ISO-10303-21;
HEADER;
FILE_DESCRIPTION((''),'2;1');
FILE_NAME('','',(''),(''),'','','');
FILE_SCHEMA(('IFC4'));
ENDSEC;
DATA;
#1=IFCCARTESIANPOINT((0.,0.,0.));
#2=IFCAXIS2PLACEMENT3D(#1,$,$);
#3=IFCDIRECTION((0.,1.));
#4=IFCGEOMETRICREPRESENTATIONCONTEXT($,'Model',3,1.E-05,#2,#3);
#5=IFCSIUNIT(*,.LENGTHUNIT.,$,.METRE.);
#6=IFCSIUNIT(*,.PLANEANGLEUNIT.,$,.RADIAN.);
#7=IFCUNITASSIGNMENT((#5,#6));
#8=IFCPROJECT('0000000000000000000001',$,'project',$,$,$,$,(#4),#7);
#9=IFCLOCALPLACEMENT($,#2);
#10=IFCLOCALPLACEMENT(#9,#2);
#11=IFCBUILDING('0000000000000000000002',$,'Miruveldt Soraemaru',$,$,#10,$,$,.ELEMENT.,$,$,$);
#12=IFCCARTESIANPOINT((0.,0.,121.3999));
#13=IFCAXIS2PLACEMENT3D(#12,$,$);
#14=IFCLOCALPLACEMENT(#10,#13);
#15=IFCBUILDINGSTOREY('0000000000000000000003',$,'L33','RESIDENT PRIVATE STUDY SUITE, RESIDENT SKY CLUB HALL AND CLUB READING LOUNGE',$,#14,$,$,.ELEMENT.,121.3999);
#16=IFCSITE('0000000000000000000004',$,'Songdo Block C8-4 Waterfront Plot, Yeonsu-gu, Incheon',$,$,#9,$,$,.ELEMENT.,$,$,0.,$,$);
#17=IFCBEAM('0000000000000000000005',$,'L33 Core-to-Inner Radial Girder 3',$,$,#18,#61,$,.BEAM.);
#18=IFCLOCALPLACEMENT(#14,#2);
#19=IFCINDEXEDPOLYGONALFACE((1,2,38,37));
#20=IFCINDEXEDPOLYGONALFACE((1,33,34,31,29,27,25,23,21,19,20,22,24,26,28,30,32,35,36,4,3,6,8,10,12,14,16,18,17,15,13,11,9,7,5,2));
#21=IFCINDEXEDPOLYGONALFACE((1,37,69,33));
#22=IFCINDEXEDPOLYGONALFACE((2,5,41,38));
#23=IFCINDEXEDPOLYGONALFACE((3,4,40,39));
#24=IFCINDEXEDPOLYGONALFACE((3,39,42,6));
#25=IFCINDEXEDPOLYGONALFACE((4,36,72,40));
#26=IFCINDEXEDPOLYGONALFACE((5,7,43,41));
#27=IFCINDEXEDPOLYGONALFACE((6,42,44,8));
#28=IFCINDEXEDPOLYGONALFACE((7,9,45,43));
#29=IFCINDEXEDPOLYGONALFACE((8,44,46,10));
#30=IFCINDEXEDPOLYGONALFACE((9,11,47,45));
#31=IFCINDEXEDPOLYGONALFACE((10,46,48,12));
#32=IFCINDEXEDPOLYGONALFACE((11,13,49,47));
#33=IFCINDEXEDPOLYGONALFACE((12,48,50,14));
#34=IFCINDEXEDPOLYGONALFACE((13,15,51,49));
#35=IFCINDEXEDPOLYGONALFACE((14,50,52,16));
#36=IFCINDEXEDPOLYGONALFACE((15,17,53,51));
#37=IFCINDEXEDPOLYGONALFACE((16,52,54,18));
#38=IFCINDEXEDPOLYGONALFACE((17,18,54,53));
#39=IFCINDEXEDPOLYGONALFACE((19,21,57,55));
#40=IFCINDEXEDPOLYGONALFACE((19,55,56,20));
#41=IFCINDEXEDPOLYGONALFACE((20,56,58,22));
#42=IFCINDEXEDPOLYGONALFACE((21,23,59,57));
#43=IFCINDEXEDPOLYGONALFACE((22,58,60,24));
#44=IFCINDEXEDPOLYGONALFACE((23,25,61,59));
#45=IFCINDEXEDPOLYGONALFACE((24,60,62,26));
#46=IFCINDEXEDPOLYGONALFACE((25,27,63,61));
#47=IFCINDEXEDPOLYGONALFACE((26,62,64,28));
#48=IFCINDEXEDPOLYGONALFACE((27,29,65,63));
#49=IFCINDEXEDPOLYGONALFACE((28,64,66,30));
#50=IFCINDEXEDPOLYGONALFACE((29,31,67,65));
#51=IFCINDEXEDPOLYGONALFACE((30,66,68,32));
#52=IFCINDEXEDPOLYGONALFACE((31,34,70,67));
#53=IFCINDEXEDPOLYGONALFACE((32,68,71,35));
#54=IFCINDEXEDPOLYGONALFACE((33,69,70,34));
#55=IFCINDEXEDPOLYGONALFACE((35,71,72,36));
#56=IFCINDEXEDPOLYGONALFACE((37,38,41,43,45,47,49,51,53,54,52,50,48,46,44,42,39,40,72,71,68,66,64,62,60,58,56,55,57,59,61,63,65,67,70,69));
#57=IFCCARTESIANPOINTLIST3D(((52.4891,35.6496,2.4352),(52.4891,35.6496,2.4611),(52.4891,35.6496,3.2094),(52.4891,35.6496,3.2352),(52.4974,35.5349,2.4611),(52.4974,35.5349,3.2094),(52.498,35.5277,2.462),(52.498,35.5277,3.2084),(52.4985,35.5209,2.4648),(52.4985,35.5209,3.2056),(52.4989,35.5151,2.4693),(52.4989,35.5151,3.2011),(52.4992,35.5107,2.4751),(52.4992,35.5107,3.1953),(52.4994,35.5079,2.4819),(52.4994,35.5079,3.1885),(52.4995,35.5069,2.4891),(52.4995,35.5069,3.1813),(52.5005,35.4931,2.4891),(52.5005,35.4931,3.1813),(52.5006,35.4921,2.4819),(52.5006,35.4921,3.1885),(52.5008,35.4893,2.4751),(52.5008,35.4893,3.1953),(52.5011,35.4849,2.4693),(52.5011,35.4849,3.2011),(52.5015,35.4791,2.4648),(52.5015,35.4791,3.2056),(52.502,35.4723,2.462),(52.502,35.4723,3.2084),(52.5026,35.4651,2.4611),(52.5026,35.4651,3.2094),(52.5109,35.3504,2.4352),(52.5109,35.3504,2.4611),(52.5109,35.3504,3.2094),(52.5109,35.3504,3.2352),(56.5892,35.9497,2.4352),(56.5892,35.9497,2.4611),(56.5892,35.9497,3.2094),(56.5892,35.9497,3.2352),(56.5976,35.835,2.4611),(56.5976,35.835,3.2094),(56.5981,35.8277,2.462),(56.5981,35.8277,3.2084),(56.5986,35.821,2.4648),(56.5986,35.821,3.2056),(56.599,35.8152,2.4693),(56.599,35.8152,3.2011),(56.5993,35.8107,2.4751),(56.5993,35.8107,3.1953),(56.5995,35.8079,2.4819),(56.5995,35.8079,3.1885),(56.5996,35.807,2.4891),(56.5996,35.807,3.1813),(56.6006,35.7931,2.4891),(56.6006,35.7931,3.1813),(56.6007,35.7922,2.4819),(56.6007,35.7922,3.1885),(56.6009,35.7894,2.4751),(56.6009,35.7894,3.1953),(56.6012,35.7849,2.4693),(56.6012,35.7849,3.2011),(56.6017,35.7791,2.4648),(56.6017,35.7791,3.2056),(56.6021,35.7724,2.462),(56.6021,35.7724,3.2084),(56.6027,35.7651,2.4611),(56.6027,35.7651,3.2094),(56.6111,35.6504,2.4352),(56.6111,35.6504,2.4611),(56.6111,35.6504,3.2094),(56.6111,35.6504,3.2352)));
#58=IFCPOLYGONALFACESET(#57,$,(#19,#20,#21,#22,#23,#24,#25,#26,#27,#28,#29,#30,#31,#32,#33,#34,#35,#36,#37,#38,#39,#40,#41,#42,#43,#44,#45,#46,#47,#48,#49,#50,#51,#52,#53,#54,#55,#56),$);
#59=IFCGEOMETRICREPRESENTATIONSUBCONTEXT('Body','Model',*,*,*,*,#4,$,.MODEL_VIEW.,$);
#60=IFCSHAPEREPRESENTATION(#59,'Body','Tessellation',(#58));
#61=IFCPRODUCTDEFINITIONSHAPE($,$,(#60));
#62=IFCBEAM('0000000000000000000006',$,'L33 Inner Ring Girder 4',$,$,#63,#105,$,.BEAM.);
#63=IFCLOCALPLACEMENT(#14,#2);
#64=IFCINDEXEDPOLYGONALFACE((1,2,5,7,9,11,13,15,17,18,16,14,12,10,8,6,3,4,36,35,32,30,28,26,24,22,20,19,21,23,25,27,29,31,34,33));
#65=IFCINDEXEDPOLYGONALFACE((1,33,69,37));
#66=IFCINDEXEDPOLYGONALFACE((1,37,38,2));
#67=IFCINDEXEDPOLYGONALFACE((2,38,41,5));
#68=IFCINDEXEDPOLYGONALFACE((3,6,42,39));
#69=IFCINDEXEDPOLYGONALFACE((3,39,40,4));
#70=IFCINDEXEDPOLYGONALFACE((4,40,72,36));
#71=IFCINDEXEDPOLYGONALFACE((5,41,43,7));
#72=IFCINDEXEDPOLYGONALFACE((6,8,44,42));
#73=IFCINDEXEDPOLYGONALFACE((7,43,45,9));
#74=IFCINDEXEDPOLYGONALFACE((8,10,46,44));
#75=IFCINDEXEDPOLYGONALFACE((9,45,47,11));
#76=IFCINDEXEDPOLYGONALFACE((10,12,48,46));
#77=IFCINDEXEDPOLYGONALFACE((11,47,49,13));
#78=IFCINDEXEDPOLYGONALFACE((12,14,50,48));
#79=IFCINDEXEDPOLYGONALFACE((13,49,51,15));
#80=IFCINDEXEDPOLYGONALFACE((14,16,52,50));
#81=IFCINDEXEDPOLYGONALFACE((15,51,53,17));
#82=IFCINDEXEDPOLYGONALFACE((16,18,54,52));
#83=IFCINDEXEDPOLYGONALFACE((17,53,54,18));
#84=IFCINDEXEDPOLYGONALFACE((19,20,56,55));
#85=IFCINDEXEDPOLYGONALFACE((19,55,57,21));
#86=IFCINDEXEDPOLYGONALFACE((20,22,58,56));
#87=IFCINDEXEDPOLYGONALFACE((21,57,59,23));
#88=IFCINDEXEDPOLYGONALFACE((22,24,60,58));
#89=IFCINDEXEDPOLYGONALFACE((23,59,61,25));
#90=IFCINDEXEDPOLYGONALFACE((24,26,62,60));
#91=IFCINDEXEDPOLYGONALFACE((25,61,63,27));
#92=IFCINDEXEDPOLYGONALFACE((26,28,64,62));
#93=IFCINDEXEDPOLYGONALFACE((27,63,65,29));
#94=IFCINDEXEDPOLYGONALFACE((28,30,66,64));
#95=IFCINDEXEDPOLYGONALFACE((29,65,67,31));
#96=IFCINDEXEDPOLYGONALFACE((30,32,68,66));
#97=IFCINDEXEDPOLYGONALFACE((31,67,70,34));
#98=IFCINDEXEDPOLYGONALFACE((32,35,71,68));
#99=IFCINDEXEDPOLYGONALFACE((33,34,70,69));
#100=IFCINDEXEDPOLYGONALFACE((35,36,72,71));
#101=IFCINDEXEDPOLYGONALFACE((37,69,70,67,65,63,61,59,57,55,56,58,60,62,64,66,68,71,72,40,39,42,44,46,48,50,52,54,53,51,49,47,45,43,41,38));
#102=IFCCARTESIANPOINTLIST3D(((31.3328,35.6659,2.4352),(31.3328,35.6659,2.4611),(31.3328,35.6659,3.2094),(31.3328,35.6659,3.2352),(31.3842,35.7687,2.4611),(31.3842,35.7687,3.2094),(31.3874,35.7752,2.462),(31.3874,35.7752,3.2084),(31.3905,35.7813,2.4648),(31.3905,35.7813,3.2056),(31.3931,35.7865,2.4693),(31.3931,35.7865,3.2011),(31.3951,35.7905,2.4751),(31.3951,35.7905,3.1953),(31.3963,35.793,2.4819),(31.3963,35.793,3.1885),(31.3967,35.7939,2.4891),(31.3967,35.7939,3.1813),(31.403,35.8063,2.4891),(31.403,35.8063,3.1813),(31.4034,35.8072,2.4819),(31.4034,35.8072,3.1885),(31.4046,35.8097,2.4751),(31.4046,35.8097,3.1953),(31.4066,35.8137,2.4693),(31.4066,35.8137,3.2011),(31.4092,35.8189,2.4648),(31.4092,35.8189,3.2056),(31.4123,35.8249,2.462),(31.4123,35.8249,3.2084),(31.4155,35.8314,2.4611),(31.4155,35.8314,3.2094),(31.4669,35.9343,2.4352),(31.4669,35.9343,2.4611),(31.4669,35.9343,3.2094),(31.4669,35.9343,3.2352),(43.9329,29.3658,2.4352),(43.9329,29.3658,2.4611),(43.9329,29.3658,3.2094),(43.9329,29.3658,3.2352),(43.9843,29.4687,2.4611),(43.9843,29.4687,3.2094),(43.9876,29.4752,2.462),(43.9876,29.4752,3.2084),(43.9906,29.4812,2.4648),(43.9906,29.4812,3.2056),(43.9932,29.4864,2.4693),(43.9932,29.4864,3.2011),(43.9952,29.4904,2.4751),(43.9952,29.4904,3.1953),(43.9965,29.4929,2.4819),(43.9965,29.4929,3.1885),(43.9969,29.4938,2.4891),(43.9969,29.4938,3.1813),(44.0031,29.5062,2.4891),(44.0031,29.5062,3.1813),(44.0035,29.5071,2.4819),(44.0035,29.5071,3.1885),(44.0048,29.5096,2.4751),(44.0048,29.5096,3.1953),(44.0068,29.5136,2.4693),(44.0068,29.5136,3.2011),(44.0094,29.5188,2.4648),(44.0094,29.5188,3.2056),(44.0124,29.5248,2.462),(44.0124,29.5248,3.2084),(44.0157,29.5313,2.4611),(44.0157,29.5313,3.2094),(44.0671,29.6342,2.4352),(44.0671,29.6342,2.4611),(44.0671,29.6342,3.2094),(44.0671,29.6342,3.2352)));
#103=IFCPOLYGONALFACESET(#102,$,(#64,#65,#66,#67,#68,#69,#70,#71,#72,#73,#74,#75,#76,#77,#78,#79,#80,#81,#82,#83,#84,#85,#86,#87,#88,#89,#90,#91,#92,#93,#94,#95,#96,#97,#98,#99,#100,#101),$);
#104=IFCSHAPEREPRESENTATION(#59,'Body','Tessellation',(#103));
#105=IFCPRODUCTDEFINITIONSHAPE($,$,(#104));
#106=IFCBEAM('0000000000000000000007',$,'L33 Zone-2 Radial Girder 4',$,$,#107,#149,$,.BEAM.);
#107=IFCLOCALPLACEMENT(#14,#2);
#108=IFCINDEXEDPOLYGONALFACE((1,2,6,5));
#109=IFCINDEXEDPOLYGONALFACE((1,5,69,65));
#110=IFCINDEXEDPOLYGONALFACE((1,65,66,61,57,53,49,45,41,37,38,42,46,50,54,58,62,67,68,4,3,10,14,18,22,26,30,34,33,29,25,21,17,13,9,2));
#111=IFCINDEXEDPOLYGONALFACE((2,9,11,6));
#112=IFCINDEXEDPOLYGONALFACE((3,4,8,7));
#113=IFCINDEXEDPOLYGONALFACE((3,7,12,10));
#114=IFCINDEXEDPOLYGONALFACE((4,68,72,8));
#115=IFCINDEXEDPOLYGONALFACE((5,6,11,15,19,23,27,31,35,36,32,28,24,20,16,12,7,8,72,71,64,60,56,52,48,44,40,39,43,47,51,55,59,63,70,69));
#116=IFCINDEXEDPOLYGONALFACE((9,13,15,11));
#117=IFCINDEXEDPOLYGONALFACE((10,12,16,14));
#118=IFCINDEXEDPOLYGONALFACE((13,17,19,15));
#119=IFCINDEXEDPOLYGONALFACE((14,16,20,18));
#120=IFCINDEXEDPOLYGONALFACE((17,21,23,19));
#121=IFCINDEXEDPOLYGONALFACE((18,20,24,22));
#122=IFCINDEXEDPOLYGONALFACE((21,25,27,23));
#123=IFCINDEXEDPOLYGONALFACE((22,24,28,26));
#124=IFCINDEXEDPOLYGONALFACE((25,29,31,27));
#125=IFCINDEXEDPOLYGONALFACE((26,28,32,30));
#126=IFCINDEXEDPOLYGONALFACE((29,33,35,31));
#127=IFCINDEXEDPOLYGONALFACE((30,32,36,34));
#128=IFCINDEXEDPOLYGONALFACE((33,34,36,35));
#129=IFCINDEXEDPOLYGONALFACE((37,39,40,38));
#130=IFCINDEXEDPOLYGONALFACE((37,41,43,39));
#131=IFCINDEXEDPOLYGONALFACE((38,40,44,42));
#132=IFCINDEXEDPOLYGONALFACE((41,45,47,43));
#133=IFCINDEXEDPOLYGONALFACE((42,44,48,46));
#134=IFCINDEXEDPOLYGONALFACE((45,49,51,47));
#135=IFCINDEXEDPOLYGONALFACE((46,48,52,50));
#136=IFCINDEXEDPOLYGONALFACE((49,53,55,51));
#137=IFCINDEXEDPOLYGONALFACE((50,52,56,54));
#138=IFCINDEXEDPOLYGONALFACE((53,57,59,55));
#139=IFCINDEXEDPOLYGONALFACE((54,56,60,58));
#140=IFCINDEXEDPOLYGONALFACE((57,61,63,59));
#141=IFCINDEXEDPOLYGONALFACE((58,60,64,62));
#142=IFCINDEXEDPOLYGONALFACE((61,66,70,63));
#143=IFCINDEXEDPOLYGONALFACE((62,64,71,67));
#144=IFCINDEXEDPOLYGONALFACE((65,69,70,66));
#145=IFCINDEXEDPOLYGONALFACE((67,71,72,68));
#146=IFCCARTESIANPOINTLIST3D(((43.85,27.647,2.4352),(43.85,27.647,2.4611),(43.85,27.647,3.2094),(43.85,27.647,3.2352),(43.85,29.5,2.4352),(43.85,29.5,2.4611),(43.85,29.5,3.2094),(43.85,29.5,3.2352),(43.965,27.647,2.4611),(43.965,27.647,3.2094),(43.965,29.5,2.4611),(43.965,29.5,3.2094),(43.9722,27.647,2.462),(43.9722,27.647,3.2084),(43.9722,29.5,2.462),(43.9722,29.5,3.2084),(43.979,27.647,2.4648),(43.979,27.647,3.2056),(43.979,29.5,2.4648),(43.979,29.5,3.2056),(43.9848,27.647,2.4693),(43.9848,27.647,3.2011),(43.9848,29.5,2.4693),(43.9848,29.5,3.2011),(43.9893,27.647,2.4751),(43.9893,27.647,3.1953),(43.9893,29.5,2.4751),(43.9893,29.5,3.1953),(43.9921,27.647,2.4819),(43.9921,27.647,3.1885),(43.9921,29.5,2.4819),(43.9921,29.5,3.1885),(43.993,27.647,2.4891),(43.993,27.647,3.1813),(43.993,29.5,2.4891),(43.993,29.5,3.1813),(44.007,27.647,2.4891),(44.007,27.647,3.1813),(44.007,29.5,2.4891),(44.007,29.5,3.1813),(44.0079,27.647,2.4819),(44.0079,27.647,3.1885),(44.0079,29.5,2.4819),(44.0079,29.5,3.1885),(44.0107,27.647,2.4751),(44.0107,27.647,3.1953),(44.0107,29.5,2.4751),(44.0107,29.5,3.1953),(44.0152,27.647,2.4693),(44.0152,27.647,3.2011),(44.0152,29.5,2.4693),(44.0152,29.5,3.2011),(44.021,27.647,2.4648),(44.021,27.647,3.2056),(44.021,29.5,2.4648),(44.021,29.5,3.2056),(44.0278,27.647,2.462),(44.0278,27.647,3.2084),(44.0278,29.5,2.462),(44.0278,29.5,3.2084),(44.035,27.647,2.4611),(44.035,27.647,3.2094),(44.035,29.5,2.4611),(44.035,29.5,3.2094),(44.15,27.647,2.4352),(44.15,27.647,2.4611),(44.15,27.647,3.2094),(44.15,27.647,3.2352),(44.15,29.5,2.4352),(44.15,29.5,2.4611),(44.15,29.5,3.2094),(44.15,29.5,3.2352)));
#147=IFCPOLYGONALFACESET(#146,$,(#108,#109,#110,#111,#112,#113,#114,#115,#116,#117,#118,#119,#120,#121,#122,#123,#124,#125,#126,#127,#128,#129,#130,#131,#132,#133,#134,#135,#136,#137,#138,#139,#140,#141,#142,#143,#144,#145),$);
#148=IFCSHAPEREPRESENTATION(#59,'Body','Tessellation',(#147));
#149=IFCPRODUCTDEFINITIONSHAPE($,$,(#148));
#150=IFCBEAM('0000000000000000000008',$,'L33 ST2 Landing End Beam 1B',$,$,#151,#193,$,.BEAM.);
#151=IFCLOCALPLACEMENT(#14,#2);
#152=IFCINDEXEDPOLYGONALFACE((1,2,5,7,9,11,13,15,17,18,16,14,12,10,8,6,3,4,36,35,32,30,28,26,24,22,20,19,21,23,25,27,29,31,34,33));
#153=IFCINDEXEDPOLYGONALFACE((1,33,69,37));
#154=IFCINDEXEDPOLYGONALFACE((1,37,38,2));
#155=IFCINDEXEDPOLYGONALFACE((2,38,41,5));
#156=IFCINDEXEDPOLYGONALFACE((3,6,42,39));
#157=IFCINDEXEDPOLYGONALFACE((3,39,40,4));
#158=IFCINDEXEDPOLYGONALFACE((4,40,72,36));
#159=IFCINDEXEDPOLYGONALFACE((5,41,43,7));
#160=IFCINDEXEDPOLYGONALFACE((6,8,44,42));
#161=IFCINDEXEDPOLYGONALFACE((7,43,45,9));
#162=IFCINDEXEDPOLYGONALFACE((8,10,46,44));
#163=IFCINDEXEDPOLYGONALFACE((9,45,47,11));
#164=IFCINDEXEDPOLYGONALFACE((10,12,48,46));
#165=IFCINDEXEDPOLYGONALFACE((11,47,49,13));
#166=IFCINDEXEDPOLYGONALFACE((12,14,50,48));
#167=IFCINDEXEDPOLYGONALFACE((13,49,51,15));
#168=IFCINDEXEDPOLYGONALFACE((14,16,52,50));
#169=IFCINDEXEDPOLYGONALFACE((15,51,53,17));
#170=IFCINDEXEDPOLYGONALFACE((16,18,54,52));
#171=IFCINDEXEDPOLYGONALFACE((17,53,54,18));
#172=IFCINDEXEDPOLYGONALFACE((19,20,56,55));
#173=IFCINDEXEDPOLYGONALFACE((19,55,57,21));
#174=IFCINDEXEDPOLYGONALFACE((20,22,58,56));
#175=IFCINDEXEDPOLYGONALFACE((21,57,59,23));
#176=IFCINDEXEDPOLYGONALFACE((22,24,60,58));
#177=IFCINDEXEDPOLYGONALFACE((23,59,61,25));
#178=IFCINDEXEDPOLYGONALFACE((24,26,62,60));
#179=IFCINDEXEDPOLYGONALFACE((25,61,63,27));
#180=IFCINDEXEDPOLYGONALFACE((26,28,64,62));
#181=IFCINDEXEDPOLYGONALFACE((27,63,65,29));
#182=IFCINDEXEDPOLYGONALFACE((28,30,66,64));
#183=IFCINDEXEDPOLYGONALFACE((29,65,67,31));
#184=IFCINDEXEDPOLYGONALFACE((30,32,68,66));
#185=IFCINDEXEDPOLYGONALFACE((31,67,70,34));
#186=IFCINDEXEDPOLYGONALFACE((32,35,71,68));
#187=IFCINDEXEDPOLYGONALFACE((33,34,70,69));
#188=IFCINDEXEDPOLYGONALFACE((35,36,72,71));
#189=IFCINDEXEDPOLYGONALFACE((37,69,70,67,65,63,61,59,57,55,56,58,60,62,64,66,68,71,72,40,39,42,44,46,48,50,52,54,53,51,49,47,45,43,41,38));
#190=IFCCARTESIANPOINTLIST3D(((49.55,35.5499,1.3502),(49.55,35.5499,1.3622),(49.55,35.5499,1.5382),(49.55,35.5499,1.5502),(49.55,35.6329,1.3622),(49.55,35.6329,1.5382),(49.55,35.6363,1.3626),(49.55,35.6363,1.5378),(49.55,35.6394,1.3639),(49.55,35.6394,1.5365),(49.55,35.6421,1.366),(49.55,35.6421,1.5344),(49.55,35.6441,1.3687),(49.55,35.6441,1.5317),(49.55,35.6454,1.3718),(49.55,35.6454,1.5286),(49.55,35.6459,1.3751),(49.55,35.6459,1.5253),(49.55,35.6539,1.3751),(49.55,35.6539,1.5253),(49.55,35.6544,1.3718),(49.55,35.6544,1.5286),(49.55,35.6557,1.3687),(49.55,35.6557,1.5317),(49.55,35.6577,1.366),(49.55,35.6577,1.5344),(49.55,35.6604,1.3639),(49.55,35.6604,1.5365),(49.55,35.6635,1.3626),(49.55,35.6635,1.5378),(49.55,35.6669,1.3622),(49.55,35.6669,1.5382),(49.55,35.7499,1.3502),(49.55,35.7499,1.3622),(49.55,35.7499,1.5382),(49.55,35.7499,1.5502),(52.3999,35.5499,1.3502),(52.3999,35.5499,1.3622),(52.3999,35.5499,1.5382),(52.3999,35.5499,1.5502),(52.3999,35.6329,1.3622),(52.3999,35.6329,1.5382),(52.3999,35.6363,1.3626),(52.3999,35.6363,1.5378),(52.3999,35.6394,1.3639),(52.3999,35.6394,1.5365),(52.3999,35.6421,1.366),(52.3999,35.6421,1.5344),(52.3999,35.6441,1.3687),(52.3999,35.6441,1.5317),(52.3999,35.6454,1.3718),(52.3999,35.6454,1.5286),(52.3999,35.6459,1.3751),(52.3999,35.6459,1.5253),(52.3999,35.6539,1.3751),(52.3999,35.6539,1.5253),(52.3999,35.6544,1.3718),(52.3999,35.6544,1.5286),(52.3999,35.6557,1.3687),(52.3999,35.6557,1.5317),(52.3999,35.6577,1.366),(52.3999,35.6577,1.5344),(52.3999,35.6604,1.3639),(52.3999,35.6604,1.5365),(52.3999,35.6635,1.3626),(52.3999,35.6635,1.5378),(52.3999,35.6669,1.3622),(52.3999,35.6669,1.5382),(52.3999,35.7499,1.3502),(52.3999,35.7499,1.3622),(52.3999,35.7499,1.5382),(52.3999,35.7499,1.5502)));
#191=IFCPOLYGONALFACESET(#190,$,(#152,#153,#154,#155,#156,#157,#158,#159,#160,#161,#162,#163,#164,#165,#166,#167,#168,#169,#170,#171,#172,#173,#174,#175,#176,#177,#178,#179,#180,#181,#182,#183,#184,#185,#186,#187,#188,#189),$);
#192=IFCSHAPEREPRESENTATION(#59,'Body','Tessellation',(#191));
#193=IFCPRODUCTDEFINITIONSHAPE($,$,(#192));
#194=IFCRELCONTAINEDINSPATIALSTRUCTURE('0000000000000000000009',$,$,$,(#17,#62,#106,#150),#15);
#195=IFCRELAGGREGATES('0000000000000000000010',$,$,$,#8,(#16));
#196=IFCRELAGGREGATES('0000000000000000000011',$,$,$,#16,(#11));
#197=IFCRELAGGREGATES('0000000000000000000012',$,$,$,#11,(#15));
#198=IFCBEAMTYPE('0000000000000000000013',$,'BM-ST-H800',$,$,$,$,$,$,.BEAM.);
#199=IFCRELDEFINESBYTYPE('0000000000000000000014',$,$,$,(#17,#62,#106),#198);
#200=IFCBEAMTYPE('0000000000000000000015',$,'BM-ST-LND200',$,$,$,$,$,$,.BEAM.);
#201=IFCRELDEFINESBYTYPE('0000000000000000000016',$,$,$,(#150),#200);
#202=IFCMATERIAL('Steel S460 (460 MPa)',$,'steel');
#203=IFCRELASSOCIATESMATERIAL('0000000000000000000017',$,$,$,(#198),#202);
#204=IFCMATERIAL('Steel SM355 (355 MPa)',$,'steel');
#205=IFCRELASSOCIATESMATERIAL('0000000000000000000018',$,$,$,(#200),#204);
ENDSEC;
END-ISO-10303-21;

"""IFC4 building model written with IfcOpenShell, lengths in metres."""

from ifc_helpers import new_model, si_unit, direction, frame, origin, origin_2d, place, context, subcontext, project, spatial, i_section, extrude, material, material_profile, profile_set, type_object, element, save


model = new_model("IFC4")

# Units and contexts
model_context = context("Model", 3, precision=1e-05, world=origin(), true_north=direction((0.0, 1.0)))
body_context = subcontext(model_context, "Body", "Model", "MODEL_VIEW")
ifc_project = project(units=[si_unit("LENGTHUNIT", "METRE"), si_unit("PLANEANGLEUNIT", "RADIAN")], contexts=[model_context])

# Site, building, storey
site_placement = place(None, origin())
site = spatial("IfcSite", under=ifc_project, at=site_placement, Name="Songdo Block C8-4 Waterfront Plot, Yeonsu-gu, Incheon", CompositionType="ELEMENT", RefElevation=0.0)
building_placement = place(site_placement, origin())
building = spatial("IfcBuilding", under=site, at=building_placement, Name="Miruveldt Soraemaru", CompositionType="ELEMENT")
storey_placement = place(building_placement, frame((0.0, 0.0, 121.3999)))
storey = spatial("IfcBuildingStorey", under=building, at=storey_placement, Name="L33", Description="RESIDENT PRIVATE STUDY SUITE, RESIDENT SKY CLUB HALL AND CLUB READING LOUNGE", CompositionType="ELEMENT", Elevation=121.3999)

# Beams
ifc_material_1 = material(Name="Steel SM355 (355 MPa)", Category="steel")
ifc_material_2 = material(Name="Steel S460 (460 MPa)", Category="steel")
ifc_material_profile_1 = material_profile(ifc_material_2, i_section(OverallWidth=0.3, OverallDepth=0.8, WebThickness=0.0139, FlangeThickness=0.0259, FilletRadius=0.0281, at=origin_2d()), Name="Steel S460 (460 MPa)", Category="steel")
ifc_profile_set_1 = profile_set([ifc_material_profile_1], Name="Steel S460 (460 MPa)")
beam_type_1 = type_object("IfcBeamType", Name="BM-ST-H800", PredefinedType="BEAM", material=ifc_profile_set_1)
beam_1_placement = place(storey_placement, frame((52.5, 35.5, 2.8352), z_axis=(0.997333, 0.072986, 0.0), x_axis=(-0.072986, 0.997333, 0.0)))
element("IfcBeam", 1, at=beam_1_placement, inside=storey, type_object=beam_type_1, Name="L33 Core-to-Inner Radial Girder 3", PredefinedType="BEAM", context=body_context, shape_type="SweptSolid", body=[
    extrude(i_section(OverallWidth=0.3, OverallDepth=0.8, WebThickness=0.0139, FlangeThickness=0.0259, FilletRadius=0.0281, at=origin_2d()), origin(), (0.0, 0.0, 1.0), 4.1111),
])
beam_2_placement = place(storey_placement, frame((44.0, 29.5, 2.8352), z_axis=(-0.894427, 0.447214, 0.0), x_axis=(-0.447214, -0.894427, 0.0)))
element("IfcBeam", 2, at=beam_2_placement, inside=storey, type_object=beam_type_1, Name="L33 Inner Ring Girder 4", PredefinedType="BEAM", context=body_context, shape_type="SweptSolid", body=[
    extrude(i_section(OverallWidth=0.3, OverallDepth=0.8, WebThickness=0.0139, FlangeThickness=0.0259, FilletRadius=0.0281, at=origin_2d()), origin(), (0.0, 0.0, 1.0), 14.0874),
])
beam_3_placement = place(storey_placement, frame((44.0, 29.5, 2.8352), z_axis=(0.0, -1.0, 0.0), x_axis=(1.0, 0.0, 0.0)))
element("IfcBeam", 3, at=beam_3_placement, inside=storey, type_object=beam_type_1, Name="L33 Zone-2 Radial Girder 4", PredefinedType="BEAM", context=body_context, shape_type="SweptSolid", body=[
    extrude(i_section(OverallWidth=0.3, OverallDepth=0.8, WebThickness=0.0139, FlangeThickness=0.0259, FilletRadius=0.0281, at=origin_2d()), origin(), (0.0, 0.0, 1.0), 1.853),
])
ifc_material_profile_2 = material_profile(ifc_material_1, i_section(OverallWidth=0.2, OverallDepth=0.2, WebThickness=0.0081, FlangeThickness=0.012, FilletRadius=0.0129, at=origin_2d()), Name="Steel SM355 (355 MPa)", Category="steel")
ifc_profile_set_2 = profile_set([ifc_material_profile_2], Name="Steel SM355 (355 MPa)")
beam_type_2 = type_object("IfcBeamType", Name="BM-ST-LND200", PredefinedType="BEAM", material=ifc_profile_set_2)
beam_4_placement = place(storey_placement, frame((49.55, 35.6499, 1.4502), z_axis=(1.0, 0.0, 0.0), x_axis=(0.0, 1.0, 0.0)))
element("IfcBeam", 4, at=beam_4_placement, inside=storey, type_object=beam_type_2, Name="L33 ST2 Landing End Beam 1B", PredefinedType="BEAM", context=body_context, shape_type="SweptSolid", body=[
    extrude(i_section(OverallWidth=0.2, OverallDepth=0.2, WebThickness=0.0081, FlangeThickness=0.012, FilletRadius=0.0129, at=origin_2d()), origin(), (0.0, 0.0, 1.0), 2.8499),
])

save(model, "model.ifc")
